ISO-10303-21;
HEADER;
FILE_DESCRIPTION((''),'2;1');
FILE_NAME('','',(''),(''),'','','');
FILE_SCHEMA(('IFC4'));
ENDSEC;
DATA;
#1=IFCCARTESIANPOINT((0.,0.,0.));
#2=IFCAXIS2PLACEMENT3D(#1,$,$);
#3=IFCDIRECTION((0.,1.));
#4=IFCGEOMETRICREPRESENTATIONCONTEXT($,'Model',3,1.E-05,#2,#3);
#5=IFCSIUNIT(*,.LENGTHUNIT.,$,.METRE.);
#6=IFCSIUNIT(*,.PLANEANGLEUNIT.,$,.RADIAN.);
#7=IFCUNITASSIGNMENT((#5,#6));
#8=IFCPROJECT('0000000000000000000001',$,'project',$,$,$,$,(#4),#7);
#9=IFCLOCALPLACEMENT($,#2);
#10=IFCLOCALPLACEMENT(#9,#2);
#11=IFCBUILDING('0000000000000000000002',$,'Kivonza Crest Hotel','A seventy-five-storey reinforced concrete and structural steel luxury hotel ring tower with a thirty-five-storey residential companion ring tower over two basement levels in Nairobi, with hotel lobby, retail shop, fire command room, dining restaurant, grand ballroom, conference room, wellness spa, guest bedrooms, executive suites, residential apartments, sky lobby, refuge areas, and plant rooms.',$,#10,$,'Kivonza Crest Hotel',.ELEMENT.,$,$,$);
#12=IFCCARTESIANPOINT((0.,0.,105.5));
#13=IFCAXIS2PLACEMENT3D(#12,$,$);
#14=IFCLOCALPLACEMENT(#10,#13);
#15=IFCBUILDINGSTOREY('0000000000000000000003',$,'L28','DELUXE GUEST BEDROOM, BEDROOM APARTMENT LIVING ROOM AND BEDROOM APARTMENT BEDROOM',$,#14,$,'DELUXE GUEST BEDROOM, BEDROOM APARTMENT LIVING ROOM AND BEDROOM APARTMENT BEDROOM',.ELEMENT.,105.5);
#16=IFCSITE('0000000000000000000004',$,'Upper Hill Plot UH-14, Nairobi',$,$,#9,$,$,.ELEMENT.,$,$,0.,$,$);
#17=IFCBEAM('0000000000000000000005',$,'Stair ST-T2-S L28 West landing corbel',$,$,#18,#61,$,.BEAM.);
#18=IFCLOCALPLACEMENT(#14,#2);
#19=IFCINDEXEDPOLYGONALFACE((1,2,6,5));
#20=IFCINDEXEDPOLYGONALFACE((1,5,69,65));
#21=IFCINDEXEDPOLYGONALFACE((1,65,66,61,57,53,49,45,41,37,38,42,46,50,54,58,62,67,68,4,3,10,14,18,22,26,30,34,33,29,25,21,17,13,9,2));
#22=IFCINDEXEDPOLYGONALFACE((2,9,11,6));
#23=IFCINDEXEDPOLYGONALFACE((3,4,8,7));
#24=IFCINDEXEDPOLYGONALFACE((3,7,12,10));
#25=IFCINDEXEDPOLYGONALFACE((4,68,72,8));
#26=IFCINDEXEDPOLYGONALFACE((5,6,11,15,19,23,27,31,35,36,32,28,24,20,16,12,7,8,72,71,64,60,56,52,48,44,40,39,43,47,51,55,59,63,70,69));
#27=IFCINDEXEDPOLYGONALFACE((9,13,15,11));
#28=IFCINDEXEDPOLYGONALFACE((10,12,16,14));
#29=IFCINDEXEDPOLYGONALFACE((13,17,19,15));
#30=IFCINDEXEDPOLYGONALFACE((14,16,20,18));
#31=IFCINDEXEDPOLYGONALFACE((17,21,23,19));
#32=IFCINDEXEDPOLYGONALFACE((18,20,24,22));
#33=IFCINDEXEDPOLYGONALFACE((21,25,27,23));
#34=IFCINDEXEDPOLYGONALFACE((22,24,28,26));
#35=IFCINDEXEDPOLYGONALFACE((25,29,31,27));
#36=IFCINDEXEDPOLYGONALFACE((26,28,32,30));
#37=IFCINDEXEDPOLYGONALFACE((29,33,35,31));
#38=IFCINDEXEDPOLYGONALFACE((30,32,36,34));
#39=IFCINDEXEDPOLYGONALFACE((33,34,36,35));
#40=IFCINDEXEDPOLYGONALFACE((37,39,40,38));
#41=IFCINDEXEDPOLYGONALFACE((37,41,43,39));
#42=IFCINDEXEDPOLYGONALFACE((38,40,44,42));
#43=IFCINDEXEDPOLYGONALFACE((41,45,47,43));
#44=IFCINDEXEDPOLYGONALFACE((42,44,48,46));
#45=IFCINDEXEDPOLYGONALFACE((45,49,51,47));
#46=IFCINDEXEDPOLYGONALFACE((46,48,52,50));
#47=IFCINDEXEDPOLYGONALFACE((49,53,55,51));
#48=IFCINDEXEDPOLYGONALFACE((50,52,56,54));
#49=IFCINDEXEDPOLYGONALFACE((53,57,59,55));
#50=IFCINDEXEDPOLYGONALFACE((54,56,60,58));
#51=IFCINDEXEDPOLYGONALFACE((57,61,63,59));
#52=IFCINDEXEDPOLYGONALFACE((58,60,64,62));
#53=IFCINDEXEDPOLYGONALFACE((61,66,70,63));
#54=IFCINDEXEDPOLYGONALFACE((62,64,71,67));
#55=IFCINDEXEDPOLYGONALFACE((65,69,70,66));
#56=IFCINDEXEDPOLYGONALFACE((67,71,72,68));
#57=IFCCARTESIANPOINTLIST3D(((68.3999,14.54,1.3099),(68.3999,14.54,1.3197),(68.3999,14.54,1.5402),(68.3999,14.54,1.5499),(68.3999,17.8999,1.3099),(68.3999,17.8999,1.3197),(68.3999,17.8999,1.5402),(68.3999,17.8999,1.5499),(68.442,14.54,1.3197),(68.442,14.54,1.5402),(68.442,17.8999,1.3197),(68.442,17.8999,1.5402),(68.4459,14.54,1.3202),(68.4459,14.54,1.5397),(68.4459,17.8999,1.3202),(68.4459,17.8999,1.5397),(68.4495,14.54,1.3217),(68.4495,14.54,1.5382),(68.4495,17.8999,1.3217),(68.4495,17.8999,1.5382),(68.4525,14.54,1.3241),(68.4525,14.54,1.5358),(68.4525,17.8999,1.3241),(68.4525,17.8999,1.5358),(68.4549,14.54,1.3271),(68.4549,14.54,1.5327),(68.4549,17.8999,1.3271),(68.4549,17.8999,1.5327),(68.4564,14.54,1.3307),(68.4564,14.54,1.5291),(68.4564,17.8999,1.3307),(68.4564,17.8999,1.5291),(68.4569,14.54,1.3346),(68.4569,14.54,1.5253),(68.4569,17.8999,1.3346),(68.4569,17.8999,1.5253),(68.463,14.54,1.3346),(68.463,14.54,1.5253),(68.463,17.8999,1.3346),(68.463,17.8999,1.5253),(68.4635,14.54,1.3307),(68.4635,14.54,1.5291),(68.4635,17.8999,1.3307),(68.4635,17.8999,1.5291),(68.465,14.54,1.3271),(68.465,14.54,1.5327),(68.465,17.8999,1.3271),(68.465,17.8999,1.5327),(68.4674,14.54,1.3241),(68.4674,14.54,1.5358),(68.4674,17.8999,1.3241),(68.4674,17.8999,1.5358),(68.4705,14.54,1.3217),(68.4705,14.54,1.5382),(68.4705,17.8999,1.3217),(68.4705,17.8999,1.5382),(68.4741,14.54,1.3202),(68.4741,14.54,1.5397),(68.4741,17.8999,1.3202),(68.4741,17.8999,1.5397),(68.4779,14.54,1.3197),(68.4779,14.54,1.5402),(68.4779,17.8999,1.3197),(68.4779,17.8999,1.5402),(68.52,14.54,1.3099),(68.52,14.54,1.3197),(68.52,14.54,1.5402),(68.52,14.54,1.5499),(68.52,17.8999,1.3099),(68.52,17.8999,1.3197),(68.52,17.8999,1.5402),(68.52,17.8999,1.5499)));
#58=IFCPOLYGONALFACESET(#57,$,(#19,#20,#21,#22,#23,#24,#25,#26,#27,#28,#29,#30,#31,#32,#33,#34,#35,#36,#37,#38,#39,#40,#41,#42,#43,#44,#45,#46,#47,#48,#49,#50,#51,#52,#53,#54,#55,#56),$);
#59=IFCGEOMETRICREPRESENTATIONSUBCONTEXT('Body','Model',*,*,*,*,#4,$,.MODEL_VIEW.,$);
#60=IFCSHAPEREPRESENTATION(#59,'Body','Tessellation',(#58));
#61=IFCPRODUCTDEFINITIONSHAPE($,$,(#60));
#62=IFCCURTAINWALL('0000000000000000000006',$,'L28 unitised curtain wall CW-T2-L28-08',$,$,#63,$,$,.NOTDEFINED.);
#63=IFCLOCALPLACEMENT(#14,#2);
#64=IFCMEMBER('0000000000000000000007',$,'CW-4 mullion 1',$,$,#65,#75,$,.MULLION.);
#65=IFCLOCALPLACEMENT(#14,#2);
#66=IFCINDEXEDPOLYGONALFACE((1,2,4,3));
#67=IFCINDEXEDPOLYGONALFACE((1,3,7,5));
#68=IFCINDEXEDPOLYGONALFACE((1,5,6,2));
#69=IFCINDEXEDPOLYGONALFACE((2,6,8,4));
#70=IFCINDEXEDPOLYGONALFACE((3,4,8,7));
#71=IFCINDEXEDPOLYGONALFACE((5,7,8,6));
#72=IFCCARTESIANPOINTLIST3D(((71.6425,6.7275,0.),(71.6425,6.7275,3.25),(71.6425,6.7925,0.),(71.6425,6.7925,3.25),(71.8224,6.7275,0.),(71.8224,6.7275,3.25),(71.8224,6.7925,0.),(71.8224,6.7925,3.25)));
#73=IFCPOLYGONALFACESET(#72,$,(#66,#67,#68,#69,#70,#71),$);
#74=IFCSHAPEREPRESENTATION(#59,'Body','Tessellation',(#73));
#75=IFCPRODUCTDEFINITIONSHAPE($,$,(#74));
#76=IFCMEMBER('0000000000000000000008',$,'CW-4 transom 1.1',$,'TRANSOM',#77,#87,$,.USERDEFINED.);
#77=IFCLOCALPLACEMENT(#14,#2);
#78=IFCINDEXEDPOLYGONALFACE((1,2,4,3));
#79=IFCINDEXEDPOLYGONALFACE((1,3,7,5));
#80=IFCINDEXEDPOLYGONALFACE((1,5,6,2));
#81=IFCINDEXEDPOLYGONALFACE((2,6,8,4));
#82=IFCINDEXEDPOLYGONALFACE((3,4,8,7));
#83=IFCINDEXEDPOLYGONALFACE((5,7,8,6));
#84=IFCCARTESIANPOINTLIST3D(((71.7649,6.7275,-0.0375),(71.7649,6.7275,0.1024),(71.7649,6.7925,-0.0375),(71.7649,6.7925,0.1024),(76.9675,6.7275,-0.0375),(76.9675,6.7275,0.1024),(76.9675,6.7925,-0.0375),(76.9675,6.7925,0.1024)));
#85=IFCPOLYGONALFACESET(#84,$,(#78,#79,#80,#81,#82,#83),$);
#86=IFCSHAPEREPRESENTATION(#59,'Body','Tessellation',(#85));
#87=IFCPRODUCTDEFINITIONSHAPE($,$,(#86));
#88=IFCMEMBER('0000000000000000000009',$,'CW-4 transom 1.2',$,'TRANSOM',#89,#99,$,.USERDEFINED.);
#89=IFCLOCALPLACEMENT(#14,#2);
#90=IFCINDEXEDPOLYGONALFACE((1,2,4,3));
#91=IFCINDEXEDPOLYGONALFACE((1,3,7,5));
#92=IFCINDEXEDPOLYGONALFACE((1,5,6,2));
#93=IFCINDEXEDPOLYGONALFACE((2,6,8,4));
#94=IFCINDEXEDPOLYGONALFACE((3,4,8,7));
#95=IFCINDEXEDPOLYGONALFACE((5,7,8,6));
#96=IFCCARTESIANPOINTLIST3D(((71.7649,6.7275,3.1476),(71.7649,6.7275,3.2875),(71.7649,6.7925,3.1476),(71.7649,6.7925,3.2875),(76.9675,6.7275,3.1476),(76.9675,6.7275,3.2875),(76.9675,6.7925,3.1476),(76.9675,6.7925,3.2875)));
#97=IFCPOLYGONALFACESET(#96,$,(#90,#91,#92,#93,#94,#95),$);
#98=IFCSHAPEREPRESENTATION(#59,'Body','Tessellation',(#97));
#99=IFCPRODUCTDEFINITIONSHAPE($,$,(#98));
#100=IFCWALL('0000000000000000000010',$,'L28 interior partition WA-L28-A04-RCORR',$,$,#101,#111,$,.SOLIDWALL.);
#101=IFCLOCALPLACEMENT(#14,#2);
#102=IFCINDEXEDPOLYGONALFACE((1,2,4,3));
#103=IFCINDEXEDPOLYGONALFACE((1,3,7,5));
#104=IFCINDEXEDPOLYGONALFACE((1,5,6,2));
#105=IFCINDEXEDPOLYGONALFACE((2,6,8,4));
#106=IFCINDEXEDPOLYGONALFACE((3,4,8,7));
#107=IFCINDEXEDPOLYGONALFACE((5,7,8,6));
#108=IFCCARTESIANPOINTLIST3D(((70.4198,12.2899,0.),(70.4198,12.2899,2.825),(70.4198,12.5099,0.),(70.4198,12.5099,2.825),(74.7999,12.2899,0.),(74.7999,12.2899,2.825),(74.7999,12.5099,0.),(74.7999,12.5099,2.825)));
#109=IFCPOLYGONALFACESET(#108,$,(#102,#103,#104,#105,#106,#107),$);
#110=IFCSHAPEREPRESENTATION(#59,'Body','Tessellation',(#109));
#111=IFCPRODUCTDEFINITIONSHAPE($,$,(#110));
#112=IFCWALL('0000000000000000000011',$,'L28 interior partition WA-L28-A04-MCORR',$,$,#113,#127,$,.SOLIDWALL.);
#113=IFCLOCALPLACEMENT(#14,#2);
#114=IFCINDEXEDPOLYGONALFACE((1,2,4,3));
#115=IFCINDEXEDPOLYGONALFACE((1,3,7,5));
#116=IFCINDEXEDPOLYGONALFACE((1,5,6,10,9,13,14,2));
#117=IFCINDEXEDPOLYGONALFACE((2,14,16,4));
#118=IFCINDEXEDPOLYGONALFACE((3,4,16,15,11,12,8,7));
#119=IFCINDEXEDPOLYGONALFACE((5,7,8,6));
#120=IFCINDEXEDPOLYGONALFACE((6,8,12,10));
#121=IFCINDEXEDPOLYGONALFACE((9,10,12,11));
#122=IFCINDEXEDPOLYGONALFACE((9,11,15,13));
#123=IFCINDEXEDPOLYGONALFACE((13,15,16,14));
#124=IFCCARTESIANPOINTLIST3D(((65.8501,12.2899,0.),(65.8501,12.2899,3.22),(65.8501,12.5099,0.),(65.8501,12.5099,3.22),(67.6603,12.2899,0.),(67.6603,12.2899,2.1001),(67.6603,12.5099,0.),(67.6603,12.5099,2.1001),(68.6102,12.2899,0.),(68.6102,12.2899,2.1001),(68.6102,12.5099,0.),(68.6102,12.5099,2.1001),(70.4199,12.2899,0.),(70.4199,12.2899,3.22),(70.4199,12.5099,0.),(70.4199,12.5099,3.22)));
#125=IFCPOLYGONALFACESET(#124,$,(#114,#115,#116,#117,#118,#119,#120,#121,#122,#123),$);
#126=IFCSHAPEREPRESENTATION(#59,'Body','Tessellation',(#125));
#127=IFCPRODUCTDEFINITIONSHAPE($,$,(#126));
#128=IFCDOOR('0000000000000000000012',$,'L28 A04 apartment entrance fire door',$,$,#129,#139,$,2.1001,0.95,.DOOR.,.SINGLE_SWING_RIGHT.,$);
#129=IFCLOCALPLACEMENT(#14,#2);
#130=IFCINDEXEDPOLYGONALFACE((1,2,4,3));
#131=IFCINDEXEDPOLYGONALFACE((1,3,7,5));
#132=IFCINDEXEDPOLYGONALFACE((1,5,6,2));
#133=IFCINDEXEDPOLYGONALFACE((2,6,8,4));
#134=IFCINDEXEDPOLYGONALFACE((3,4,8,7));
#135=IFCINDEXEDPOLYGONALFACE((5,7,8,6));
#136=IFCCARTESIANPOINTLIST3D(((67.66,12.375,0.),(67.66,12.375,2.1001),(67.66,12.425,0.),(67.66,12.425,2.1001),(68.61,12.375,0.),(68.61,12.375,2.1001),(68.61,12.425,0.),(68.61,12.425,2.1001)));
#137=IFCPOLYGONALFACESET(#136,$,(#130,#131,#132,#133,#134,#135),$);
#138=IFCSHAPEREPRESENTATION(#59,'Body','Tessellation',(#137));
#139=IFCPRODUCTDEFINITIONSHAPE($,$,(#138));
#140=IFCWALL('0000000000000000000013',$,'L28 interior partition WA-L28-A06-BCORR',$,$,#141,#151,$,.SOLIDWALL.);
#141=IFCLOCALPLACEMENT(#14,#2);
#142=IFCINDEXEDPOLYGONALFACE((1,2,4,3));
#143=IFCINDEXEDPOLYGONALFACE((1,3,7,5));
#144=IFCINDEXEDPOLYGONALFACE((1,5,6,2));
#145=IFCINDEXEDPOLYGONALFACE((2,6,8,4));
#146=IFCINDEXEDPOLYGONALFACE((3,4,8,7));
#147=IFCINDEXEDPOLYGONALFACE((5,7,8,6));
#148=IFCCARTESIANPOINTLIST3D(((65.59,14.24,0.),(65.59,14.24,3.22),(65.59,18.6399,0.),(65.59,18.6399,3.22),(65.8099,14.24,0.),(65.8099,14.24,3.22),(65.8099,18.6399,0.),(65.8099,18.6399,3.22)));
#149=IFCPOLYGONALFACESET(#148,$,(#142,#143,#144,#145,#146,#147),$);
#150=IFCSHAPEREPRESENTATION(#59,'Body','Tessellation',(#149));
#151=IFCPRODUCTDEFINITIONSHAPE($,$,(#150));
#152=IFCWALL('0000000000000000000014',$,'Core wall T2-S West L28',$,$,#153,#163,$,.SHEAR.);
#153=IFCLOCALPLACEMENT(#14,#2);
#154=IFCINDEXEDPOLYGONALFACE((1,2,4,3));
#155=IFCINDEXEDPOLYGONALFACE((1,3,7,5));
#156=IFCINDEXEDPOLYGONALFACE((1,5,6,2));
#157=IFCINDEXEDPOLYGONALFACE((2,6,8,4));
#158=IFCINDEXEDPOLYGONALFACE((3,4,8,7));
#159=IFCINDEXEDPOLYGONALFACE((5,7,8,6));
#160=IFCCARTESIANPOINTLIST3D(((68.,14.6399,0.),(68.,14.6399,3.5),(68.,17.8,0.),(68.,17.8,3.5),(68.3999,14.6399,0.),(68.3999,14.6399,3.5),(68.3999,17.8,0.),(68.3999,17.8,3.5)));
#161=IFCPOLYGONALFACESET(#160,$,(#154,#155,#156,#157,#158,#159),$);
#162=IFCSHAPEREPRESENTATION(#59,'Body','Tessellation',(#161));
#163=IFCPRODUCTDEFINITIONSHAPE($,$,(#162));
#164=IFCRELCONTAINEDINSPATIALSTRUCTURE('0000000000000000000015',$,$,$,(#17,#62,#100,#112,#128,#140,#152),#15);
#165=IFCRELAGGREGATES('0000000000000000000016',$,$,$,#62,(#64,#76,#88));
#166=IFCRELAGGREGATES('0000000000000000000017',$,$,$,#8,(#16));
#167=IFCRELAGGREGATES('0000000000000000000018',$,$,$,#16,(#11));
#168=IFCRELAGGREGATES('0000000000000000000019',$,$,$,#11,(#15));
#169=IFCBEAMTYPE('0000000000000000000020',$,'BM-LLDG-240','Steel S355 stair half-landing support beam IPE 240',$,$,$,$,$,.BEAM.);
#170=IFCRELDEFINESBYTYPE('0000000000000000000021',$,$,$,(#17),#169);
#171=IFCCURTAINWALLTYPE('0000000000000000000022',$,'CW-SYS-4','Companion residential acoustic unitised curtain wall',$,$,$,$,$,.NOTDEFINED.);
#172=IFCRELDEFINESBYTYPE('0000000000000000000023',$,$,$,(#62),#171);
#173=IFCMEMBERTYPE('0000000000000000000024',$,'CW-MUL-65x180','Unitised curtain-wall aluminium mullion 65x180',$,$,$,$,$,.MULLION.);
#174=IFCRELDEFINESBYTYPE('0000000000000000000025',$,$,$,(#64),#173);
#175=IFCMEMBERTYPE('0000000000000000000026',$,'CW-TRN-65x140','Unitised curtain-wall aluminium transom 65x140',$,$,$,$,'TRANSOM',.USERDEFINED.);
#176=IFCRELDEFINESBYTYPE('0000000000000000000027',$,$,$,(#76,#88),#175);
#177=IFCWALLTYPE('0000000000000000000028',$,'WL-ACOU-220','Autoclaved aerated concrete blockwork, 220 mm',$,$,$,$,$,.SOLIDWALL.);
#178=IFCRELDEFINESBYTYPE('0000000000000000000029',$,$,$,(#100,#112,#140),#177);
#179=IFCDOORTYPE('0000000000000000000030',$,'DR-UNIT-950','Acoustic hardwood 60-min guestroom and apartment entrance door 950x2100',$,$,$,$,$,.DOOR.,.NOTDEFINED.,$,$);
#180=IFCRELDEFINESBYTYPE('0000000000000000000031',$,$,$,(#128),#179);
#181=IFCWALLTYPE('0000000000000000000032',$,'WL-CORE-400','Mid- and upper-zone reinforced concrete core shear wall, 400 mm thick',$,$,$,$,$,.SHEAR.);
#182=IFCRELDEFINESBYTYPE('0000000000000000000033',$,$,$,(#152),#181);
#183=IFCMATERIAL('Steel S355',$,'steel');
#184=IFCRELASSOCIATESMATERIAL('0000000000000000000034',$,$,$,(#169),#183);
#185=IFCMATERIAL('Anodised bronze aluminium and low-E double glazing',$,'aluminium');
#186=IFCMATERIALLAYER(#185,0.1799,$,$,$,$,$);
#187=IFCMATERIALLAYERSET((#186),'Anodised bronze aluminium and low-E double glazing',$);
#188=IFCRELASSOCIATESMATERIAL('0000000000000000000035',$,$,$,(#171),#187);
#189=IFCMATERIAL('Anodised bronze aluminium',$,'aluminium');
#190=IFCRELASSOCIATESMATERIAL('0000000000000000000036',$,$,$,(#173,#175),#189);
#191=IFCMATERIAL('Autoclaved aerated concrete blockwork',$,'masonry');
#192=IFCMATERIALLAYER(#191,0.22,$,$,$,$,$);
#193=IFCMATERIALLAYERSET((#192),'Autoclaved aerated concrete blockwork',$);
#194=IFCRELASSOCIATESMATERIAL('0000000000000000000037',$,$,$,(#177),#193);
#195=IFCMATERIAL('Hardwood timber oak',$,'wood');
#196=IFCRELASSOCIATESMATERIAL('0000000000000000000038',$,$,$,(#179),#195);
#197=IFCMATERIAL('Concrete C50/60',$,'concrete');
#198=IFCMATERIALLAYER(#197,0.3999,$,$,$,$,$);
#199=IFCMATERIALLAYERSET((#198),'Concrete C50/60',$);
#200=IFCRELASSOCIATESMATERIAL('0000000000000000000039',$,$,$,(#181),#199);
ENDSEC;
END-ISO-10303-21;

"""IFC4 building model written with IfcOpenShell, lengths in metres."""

from ifc_helpers import new_model, si_unit, direction, frame, frame_2d, origin, origin_2d, place, context, subcontext, project, spatial, rectangle, i_section, extrude, material, layer, layer_set, material_profile, profile_set, type_object, element, fill, aggregate, save


model = new_model("IFC4")

# Units and contexts
model_context = context("Model", 3, precision=1e-05, world=origin(), true_north=direction((0.0, 1.0)))
body_context = subcontext(model_context, "Body", "Model", "MODEL_VIEW")
ifc_project = project(units=[si_unit("LENGTHUNIT", "METRE"), si_unit("PLANEANGLEUNIT", "RADIAN")], contexts=[model_context])

# Site, building, storey
site_placement = place(None, origin())
site = spatial("IfcSite", under=ifc_project, at=site_placement, Name="Upper Hill Plot UH-14, Nairobi", CompositionType="ELEMENT", RefElevation=0.0)
building_placement = place(site_placement, origin())
building = spatial("IfcBuilding", under=site, at=building_placement, Name="Kivonza Crest Hotel", Description="A seventy-five-storey reinforced concrete and structural steel luxury hotel ring tower with a thirty-five-storey residential companion ring tower over two basement levels in Nairobi, with hotel lobby, retail shop, fire command room, dining restaurant, grand ballroom, conference room, wellness spa, guest bedrooms, executive suites, residential apartments, sky lobby, refuge areas, and plant rooms.", LongName="Kivonza Crest Hotel", CompositionType="ELEMENT")
storey_placement = place(building_placement, frame((0.0, 0.0, 105.5)))
storey = spatial("IfcBuildingStorey", under=building, at=storey_placement, Name="L28", Description="DELUXE GUEST BEDROOM, BEDROOM APARTMENT LIVING ROOM AND BEDROOM APARTMENT BEDROOM", LongName="DELUXE GUEST BEDROOM, BEDROOM APARTMENT LIVING ROOM AND BEDROOM APARTMENT BEDROOM", CompositionType="ELEMENT", Elevation=105.5)

# Shared definitions
ifc_material_1 = material(Name="Concrete C50/60", Category="concrete")

# Beam
ifc_material_2 = material(Name="Steel S355", Category="steel")
ifc_material_profile_1 = material_profile(ifc_material_2, i_section(OverallWidth=0.1201, OverallDepth=0.24, WebThickness=0.0061, FlangeThickness=0.0098, FilletRadius=0.0149, at=origin_2d()), Name="IPE 240")
ifc_profile_set_1 = profile_set([ifc_material_profile_1], Name="Steel S355")
beam_type_1 = type_object("IfcBeamType", Name="BM-LLDG-240", Description="Steel S355 stair half-landing support beam IPE 240", PredefinedType="BEAM", material=ifc_profile_set_1)
beam_1_placement = place(storey_placement, frame((68.46, 14.54, 1.4299), z_axis=(0.0, 1.0, 0.0), x_axis=(-1.0, 0.0, 0.0)))
element("IfcBeam", 1, at=beam_1_placement, inside=storey, type_object=beam_type_1, Name="Stair ST-T2-S L28 West landing corbel", PredefinedType="BEAM", context=body_context, shape_type="SweptSolid", body=[
    extrude(i_section(OverallWidth=0.1201, OverallDepth=0.24, WebThickness=0.0061, FlangeThickness=0.0098, FilletRadius=0.0149, at=origin_2d()), origin(), (0.0, 0.0, 1.0), 3.3599),
])

# Curtain wall, members
ifc_material_3 = material(Name="Anodised bronze aluminium and low-E double glazing", Category="aluminium")
ifc_layer_1 = layer(ifc_material_3, 0.1799)
ifc_layer_set_1 = layer_set([ifc_layer_1], Name="Anodised bronze aluminium and low-E double glazing")
curtain_wall_type = type_object("IfcCurtainWallType", Name="CW-SYS-4", Description="Companion residential acoustic unitised curtain wall", PredefinedType="NOTDEFINED", material=ifc_layer_set_1)
curtain_wall_placement = place(storey_placement, origin())
curtain_wall = element("IfcCurtainWall", 2, at=curtain_wall_placement, inside=storey, type_object=curtain_wall_type, Name="L28 unitised curtain wall CW-T2-L28-08", PredefinedType="NOTDEFINED")
ifc_material_4 = material(Name="Anodised bronze aluminium", Category="aluminium")
ifc_material_profile_2 = material_profile(ifc_material_4, rectangle(XDim=0.0649, YDim=0.1799, at=origin_2d()), Name="CW-M 65x180")
ifc_profile_set_2 = profile_set([ifc_material_profile_2], Name="Anodised bronze aluminium")
member_type_1 = type_object("IfcMemberType", Name="CW-MUL-65x180", Description="Unitised curtain-wall aluminium mullion 65x180", PredefinedType="MULLION", material=ifc_profile_set_2)
member_1_placement = place(storey_placement, frame((71.7324, 6.76, 0.0), z_axis=(0.0, 0.0, 1.0), x_axis=(0.0, 1.0, 0.0)))
member_1 = element("IfcMember", 3, at=member_1_placement, type_object=member_type_1, Name="CW-4 mullion 1", PredefinedType="MULLION", context=body_context, shape_type="SweptSolid", body=[
    extrude(rectangle(XDim=0.0649, YDim=0.1799, at=origin_2d()), origin(), (0.0, 0.0, 1.0), 3.25),
])
ifc_material_profile_3 = material_profile(ifc_material_4, rectangle(XDim=0.0649, YDim=0.1399, at=origin_2d()), Name="CW-T 65x140")
ifc_profile_set_3 = profile_set([ifc_material_profile_3], Name="Anodised bronze aluminium")
member_type_2 = type_object("IfcMemberType", Name="CW-TRN-65x140", Description="Unitised curtain-wall aluminium transom 65x140", ElementType="TRANSOM", PredefinedType="USERDEFINED", material=ifc_profile_set_3)
member_2_placement = place(storey_placement, frame((71.7649, 6.76, 0.0325), z_axis=(1.0, 0.0, 0.0), x_axis=(0.0, 1.0, 0.0)))
member_2 = element("IfcMember", 4, at=member_2_placement, type_object=member_type_2, Name="CW-4 transom 1.1", ObjectType="TRANSOM", PredefinedType="USERDEFINED", context=body_context, shape_type="SweptSolid", body=[
    extrude(rectangle(XDim=0.0649, YDim=0.1399, at=origin_2d()), origin(), (0.0, 0.0, 1.0), 5.2026),
])
member_3_placement = place(storey_placement, frame((71.7649, 6.76, 3.2175), z_axis=(1.0, 0.0, 0.0), x_axis=(0.0, 1.0, 0.0)))
member_3 = element("IfcMember", 5, at=member_3_placement, type_object=member_type_2, Name="CW-4 transom 1.2", ObjectType="TRANSOM", PredefinedType="USERDEFINED", context=body_context, shape_type="SweptSolid", body=[
    extrude(rectangle(XDim=0.0649, YDim=0.1399, at=origin_2d()), origin(), (0.0, 0.0, 1.0), 5.2026),
])
aggregate(curtain_wall, [member_1, member_2, member_3])

# Wall
ifc_material_5 = material(Name="Autoclaved aerated concrete blockwork", Category="masonry")
ifc_layer_2 = layer(ifc_material_5, 0.22)
ifc_layer_set_2 = layer_set([ifc_layer_2], Name="Autoclaved aerated concrete blockwork")
wall_type_1 = type_object("IfcWallType", Name="WL-ACOU-220", Description="Autoclaved aerated concrete blockwork, 220 mm", PredefinedType="SOLIDWALL", material=ifc_layer_set_2)
wall_1_placement = place(storey_placement, frame((70.4199, 12.3999, 0.0), z_axis=(0.0, 0.0, 1.0), x_axis=(1.0, 0.0, 0.0)))
element("IfcWall", 6, at=wall_1_placement, inside=storey, type_object=wall_type_1, Name="L28 interior partition WA-L28-A04-RCORR", PredefinedType="SOLIDWALL", context=body_context, shape_type="SweptSolid", body=[
    extrude(rectangle(XDim=4.3801, YDim=0.22, at=frame_2d((2.1899, 0.0))), origin(), (0.0, 0.0, 1.0), 2.825),
])

# Wall, opening, door
wall_2_placement = place(storey_placement, frame((65.8501, 12.3999, 0.0), z_axis=(0.0, 0.0, 1.0), x_axis=(1.0, 0.0, 0.0)))
wall_2 = element("IfcWall", 7, at=wall_2_placement, inside=storey, type_object=wall_type_1, Name="L28 interior partition WA-L28-A04-MCORR", PredefinedType="SOLIDWALL", context=body_context, shape_type="SweptSolid", body=[
    extrude(rectangle(XDim=4.5698, YDim=0.22, at=frame_2d((2.2849, 0.0))), origin(), (0.0, 0.0, 1.0), 3.22),
])
opening_1_placement = place(wall_2_placement, frame((1.8101, 0.0, 0.0)))
opening_1 = element("IfcOpeningElement", 8, at=opening_1_placement, cuts=wall_2, PredefinedType="OPENING", context=body_context, shape_type="SweptSolid", body=[
    extrude(rectangle(XDim=0.95, YDim=2.1001, at=frame_2d((0.4751, 1.05))), frame((0.0, 0.1201, 0.0), z_axis=(0.0, -1.0, 0.0), x_axis=(1.0, 0.0, 0.0)), (0.0, 0.0, 1.0), 0.24),
])
ifc_material_6 = material(Name="Hardwood timber oak", Category="wood")
door_type_1 = type_object("IfcDoorType", Name="DR-UNIT-950", Description="Acoustic hardwood 60-min guestroom and apartment entrance door 950x2100", OperationType="NOTDEFINED", PredefinedType="DOOR", material=ifc_material_6)
door_1_placement = place(opening_1_placement, frame((0.95, 0.0, 0.0), z_axis=(0.0, 0.0, 1.0), x_axis=(-1.0, 0.0, 0.0)))
door_1 = element("IfcDoor", 9, at=door_1_placement, inside=storey, type_object=door_type_1, Name="L28 A04 apartment entrance fire door", OperationType="SINGLE_SWING_RIGHT", OverallHeight=2.1001, OverallWidth=0.95, PredefinedType="DOOR", context=body_context, shape_type="SweptSolid", body=[
    extrude(rectangle(XDim=0.95, YDim=2.1001, at=frame_2d((0.4751, 1.05))), frame((0.0, 0.0249, 0.0), z_axis=(0.0, -1.0, 0.0), x_axis=(1.0, 0.0, 0.0)), (0.0, 0.0, 1.0), 0.05),
])
fill(opening_1, door_1)

# Wall
wall_3_placement = place(storey_placement, frame((65.7, 14.24, 0.0), z_axis=(0.0, 0.0, 1.0), x_axis=(0.0, 1.0, 0.0)))
element("IfcWall", 10, at=wall_3_placement, inside=storey, type_object=wall_type_1, Name="L28 interior partition WA-L28-A06-BCORR", PredefinedType="SOLIDWALL", context=body_context, shape_type="SweptSolid", body=[
    extrude(rectangle(XDim=4.3999, YDim=0.22, at=frame_2d((2.2, 0.0))), origin(), (0.0, 0.0, 1.0), 3.22),
])

# Shared definitions
ifc_layer_3 = layer(ifc_material_1, 0.3999)
ifc_layer_set_3 = layer_set([ifc_layer_3], Name="Concrete C50/60")
wall_type_2 = type_object("IfcWallType", Name="WL-CORE-400", Description="Mid- and upper-zone reinforced concrete core shear wall, 400 mm thick", PredefinedType="SHEAR", material=ifc_layer_set_3)

# Wall
wall_4_placement = place(storey_placement, frame((68.2, 14.6399, 0.0), z_axis=(0.0, 0.0, 1.0), x_axis=(0.0, 1.0, 0.0)))
element("IfcWall", 11, at=wall_4_placement, inside=storey, type_object=wall_type_2, Name="Core wall T2-S West L28", PredefinedType="SHEAR", context=body_context, shape_type="SweptSolid", body=[
    extrude(rectangle(XDim=3.1602, YDim=0.3999, at=frame_2d((1.5801, 0.0))), origin(), (0.0, 0.0, 1.0), 3.5),
])

save(model, "model.ifc")
